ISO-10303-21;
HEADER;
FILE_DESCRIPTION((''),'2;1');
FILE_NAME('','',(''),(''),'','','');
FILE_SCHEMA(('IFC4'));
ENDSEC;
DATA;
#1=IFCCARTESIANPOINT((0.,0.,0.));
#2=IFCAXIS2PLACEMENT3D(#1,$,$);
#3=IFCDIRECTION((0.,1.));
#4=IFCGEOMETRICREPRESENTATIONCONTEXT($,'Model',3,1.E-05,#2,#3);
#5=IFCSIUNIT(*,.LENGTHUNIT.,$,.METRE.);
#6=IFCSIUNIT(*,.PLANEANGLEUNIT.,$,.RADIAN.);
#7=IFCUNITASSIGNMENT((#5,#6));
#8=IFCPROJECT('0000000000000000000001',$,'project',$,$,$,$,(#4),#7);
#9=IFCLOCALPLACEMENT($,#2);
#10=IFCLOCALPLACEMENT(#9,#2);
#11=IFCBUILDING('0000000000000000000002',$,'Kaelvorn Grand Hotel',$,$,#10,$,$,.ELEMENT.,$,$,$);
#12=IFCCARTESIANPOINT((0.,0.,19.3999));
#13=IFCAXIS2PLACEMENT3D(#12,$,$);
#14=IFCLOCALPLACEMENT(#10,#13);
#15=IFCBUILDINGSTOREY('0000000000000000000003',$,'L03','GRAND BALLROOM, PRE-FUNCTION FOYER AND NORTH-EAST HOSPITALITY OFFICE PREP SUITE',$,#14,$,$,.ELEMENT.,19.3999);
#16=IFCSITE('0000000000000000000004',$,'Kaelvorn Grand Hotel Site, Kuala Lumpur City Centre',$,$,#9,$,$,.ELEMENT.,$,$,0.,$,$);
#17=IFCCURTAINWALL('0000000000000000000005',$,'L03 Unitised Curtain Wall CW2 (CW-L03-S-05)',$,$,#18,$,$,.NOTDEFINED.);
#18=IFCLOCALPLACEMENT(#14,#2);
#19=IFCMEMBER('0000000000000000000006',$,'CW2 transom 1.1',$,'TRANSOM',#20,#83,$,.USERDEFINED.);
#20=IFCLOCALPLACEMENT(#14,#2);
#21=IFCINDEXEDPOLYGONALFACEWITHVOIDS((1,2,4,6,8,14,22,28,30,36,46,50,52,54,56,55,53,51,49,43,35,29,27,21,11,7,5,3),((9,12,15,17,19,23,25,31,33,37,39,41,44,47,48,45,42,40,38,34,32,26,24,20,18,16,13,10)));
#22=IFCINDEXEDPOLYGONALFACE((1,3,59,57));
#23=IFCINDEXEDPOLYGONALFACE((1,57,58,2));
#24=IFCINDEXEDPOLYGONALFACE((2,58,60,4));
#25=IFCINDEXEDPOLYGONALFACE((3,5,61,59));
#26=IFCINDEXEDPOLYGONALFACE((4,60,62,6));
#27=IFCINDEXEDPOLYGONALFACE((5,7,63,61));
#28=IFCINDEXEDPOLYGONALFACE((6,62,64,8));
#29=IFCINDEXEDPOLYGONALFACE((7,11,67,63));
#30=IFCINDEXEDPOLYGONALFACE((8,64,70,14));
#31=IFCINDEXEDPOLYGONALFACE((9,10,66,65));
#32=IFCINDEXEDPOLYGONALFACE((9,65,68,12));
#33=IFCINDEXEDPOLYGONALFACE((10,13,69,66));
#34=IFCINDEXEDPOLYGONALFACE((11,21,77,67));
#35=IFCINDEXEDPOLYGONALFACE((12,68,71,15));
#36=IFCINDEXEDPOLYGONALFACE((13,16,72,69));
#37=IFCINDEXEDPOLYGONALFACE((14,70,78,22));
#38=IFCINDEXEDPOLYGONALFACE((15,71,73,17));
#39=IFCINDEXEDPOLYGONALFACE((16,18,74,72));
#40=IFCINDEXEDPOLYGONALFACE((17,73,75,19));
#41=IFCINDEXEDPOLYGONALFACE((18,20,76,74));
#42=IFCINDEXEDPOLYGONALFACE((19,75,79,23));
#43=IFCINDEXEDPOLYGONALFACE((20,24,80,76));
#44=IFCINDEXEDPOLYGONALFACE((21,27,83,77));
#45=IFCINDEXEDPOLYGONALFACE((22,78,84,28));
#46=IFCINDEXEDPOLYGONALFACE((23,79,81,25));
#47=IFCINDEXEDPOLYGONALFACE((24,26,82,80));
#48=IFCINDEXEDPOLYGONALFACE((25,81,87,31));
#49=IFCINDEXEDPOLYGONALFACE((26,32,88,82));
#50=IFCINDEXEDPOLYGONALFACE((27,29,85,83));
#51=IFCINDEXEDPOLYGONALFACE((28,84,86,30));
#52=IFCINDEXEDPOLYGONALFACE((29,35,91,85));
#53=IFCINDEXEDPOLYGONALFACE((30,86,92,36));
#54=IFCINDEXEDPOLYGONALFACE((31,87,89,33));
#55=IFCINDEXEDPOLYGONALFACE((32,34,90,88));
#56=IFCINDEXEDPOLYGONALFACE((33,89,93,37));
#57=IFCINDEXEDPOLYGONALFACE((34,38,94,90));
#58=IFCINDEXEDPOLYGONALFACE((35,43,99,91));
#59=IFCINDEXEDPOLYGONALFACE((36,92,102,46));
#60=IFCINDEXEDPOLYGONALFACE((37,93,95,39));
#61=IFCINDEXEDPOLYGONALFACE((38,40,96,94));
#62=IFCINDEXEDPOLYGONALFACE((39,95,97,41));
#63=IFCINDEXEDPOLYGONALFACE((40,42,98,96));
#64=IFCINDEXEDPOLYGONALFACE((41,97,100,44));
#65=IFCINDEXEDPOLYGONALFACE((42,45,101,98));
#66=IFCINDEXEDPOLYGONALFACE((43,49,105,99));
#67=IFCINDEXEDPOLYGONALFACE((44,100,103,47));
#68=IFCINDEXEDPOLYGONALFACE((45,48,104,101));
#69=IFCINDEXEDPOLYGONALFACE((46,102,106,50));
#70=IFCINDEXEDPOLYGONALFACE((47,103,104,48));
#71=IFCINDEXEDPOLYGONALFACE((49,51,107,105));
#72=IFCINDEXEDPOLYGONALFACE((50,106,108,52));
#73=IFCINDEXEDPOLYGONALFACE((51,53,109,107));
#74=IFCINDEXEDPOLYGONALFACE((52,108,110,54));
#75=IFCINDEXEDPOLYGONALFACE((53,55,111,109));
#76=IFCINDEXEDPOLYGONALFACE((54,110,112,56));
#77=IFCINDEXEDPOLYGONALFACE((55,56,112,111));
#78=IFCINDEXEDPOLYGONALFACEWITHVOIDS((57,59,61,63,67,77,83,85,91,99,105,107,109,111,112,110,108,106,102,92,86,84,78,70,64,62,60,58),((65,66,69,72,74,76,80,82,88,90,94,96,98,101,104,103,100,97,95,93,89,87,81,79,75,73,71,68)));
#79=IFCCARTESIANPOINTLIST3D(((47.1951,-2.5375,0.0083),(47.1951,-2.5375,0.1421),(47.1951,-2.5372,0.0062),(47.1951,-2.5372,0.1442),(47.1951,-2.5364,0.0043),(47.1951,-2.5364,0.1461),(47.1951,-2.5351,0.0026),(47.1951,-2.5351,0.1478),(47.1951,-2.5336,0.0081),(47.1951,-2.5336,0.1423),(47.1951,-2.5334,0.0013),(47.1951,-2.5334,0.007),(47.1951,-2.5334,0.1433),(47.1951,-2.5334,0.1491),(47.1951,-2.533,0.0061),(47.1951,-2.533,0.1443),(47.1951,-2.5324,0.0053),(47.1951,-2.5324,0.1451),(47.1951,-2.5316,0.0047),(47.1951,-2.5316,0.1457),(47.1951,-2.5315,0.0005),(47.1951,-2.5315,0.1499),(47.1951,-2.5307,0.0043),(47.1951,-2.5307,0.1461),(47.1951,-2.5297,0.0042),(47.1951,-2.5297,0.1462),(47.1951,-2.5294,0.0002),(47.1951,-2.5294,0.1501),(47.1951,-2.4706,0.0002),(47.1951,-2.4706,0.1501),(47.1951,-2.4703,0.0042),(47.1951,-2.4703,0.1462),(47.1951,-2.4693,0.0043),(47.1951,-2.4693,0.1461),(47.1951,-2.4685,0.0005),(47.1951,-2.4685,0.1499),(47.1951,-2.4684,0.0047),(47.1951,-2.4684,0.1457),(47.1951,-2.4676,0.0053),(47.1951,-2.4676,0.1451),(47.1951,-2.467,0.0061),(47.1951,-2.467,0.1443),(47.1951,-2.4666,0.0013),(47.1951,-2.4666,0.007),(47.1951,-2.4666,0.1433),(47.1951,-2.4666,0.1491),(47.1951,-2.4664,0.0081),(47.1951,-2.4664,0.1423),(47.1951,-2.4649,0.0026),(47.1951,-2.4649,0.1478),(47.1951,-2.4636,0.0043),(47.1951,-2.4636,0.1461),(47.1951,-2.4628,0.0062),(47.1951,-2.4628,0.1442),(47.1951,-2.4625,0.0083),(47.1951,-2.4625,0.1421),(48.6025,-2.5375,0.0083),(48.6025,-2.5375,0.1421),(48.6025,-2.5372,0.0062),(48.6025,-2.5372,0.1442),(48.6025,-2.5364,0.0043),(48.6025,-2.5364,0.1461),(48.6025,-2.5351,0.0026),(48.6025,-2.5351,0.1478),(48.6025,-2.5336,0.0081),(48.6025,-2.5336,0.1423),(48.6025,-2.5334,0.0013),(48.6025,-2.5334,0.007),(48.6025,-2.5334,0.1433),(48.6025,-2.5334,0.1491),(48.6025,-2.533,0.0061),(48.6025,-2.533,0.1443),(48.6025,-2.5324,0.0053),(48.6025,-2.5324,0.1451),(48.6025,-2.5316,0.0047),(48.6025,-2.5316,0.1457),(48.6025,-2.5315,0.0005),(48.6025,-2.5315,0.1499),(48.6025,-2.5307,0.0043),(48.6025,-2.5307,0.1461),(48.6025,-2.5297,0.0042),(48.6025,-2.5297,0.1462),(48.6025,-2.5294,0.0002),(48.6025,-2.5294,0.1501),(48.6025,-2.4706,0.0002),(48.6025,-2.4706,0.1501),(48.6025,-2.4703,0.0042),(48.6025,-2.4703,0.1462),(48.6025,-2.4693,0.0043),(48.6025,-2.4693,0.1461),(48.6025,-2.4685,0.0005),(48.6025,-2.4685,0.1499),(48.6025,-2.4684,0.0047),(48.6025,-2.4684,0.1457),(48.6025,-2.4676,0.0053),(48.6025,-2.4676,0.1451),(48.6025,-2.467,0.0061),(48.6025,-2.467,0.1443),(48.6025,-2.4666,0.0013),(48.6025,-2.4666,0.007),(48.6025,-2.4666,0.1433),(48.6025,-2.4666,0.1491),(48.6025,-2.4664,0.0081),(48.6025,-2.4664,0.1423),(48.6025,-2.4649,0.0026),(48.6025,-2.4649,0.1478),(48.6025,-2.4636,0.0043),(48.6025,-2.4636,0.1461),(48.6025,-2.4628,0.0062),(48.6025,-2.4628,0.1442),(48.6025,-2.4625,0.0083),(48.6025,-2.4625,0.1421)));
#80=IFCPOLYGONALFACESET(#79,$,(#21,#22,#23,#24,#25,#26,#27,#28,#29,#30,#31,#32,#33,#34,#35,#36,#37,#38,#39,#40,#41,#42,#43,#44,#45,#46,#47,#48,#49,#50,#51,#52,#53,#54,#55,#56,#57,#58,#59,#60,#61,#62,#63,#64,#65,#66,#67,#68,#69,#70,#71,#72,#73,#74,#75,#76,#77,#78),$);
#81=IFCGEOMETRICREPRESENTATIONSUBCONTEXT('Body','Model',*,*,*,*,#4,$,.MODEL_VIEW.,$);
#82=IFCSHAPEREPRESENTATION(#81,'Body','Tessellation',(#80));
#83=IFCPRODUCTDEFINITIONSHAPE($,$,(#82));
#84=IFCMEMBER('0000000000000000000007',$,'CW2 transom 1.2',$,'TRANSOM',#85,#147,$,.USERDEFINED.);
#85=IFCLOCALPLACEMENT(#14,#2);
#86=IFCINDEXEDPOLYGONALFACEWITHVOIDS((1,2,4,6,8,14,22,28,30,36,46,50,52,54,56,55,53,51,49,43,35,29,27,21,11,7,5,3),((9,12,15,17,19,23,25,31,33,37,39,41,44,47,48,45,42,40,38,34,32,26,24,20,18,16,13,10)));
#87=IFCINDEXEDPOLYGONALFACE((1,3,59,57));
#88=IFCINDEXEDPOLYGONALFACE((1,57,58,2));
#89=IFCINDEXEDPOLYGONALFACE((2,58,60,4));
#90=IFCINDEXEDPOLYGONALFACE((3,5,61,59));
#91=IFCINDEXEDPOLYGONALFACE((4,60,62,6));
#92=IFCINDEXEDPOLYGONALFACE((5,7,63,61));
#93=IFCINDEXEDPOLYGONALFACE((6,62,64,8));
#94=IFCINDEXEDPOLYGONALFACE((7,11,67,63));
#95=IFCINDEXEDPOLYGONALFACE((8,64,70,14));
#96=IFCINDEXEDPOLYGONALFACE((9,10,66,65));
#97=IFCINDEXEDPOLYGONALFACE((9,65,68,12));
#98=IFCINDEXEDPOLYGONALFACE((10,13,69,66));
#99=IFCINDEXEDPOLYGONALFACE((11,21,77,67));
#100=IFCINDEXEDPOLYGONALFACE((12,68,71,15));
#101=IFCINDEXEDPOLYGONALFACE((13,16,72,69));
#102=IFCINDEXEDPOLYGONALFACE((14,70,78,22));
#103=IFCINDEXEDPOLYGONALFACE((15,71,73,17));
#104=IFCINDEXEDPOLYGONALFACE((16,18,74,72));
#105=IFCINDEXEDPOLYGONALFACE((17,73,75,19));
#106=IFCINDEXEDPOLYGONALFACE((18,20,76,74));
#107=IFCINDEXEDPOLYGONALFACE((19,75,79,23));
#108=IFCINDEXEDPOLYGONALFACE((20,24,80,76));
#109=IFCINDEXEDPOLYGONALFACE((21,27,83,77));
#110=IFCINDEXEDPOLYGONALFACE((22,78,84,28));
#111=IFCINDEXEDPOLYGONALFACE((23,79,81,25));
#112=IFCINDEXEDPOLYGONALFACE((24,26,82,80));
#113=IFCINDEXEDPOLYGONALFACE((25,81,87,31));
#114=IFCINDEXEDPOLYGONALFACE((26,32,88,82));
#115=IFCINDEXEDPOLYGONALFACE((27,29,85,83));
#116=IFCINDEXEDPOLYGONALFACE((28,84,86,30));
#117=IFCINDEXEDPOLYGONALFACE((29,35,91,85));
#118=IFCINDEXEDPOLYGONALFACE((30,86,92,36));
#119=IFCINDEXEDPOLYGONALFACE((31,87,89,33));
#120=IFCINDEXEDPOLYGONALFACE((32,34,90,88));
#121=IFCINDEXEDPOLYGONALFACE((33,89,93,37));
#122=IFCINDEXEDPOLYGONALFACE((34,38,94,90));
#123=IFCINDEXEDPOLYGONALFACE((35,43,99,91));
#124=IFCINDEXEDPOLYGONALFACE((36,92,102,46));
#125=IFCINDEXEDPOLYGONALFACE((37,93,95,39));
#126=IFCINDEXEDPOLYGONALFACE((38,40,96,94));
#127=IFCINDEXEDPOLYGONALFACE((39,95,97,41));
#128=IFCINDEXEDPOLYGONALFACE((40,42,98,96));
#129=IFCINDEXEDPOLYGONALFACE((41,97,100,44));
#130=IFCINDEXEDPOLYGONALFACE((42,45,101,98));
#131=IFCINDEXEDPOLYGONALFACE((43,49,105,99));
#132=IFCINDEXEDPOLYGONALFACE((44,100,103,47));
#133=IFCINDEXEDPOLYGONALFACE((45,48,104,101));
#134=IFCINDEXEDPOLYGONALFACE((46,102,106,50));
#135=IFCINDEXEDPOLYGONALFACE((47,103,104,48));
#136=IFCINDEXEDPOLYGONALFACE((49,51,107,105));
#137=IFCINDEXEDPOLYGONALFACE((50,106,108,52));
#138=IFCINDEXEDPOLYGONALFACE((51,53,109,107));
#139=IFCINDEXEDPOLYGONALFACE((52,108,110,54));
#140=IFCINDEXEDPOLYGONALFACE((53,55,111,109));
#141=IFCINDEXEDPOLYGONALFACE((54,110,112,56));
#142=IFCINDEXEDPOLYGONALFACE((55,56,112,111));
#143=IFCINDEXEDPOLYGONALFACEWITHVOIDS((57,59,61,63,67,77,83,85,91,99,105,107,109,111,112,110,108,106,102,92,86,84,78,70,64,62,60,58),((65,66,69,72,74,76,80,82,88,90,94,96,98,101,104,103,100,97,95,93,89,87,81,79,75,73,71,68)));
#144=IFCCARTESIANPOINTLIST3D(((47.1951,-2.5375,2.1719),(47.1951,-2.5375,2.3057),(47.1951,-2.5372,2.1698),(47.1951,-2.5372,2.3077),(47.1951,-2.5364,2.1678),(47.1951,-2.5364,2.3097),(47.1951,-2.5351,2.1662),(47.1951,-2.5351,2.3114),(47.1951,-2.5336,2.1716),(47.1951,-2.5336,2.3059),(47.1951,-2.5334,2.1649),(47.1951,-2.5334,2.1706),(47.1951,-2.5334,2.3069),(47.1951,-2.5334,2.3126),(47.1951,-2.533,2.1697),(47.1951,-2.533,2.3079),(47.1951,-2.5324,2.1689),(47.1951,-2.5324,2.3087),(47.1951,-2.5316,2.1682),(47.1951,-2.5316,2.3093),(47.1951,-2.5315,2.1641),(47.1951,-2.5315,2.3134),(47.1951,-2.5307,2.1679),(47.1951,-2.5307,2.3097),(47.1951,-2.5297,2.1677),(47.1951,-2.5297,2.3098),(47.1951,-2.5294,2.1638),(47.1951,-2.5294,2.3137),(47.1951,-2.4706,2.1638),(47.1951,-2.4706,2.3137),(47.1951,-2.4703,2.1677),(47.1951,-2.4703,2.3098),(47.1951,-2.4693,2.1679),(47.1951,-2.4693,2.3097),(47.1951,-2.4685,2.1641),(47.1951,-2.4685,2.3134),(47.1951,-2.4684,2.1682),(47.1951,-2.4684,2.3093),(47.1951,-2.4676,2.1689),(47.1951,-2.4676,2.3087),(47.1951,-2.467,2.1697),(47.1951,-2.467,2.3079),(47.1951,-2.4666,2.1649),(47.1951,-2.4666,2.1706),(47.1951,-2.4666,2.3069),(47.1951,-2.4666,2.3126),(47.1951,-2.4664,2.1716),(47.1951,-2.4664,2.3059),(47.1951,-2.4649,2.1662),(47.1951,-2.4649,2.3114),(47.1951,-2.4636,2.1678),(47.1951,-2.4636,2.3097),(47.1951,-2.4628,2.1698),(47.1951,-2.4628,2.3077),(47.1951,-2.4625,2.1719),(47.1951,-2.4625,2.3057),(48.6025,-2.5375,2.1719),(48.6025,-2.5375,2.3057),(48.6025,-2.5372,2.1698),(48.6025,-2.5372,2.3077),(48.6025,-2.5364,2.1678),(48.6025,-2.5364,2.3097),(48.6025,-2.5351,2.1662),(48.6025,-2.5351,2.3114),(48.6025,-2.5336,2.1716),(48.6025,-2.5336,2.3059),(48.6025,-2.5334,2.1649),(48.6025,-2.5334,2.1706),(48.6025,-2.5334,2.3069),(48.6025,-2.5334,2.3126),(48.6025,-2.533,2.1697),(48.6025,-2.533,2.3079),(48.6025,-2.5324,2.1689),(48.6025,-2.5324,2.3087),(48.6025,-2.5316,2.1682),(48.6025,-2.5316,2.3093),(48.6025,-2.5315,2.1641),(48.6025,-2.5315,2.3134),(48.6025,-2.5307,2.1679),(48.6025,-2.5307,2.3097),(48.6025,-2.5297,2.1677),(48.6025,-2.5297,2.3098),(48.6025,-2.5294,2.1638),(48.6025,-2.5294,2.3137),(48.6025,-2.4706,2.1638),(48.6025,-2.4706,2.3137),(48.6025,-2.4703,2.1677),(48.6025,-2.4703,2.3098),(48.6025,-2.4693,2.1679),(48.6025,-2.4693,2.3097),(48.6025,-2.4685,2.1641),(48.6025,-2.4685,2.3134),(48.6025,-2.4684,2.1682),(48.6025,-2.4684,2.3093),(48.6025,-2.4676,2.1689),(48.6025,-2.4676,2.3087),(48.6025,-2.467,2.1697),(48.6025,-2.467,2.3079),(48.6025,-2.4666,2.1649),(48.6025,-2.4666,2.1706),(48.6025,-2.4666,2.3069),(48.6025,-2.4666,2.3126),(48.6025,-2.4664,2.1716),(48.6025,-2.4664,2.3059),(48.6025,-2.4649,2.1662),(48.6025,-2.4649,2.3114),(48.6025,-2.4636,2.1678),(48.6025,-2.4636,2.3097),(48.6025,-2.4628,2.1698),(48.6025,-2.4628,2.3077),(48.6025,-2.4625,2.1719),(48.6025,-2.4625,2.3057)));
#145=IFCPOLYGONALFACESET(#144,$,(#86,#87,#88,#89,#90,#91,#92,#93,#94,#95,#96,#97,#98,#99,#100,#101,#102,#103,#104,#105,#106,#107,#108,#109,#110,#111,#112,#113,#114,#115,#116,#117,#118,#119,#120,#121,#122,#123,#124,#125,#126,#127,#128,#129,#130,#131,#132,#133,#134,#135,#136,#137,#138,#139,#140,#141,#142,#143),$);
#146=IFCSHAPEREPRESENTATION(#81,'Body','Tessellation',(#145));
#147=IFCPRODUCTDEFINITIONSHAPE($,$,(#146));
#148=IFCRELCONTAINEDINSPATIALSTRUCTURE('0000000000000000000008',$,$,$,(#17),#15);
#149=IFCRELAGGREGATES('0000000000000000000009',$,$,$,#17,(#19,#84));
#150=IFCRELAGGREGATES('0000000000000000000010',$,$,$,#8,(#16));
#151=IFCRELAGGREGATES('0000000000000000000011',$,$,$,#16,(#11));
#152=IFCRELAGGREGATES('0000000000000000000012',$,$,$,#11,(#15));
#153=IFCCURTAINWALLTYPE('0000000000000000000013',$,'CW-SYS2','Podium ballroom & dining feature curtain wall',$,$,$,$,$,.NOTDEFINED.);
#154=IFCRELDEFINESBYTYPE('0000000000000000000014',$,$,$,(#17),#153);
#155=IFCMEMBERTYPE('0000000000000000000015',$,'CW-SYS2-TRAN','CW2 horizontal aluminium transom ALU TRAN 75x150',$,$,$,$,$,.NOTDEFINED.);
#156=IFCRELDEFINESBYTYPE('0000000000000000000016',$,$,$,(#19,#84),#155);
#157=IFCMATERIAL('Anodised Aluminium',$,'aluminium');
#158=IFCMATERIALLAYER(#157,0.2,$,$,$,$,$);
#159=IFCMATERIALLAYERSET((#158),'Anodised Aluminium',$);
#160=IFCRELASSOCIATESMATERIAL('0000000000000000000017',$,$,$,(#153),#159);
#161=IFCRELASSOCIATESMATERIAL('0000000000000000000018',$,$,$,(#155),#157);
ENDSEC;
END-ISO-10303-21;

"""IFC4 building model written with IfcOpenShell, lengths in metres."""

from ifc_helpers import new_model, si_unit, direction, frame, origin, origin_2d, place, context, subcontext, project, spatial, hollow_rectangle, extrude, material, layer, layer_set, material_profile, profile_set, type_object, element, aggregate, save


model = new_model("IFC4")

# Units and contexts
model_context = context("Model", 3, precision=1e-05, world=origin(), true_north=direction((0.0, 1.0)))
body_context = subcontext(model_context, "Body", "Model", "MODEL_VIEW")
ifc_project = project(units=[si_unit("LENGTHUNIT", "METRE"), si_unit("PLANEANGLEUNIT", "RADIAN")], contexts=[model_context])

# Site, building, storey
site_placement = place(None, origin())
site = spatial("IfcSite", under=ifc_project, at=site_placement, Name="Kaelvorn Grand Hotel Site, Kuala Lumpur City Centre", CompositionType="ELEMENT", RefElevation=0.0)
building_placement = place(site_placement, origin())
building = spatial("IfcBuilding", under=site, at=building_placement, Name="Kaelvorn Grand Hotel", CompositionType="ELEMENT")
storey_placement = place(building_placement, frame((0.0, 0.0, 19.3999)))
storey = spatial("IfcBuildingStorey", under=building, at=storey_placement, Name="L03", Description="GRAND BALLROOM, PRE-FUNCTION FOYER AND NORTH-EAST HOSPITALITY OFFICE PREP SUITE", CompositionType="ELEMENT", Elevation=19.3999)

# Curtain wall
ifc_material_1 = material(Name="Anodised Aluminium", Category="aluminium")
ifc_layer_1 = layer(ifc_material_1, 0.2)
ifc_layer_set_1 = layer_set([ifc_layer_1], Name="Anodised Aluminium")
curtain_wall_type = type_object("IfcCurtainWallType", Name="CW-SYS2", Description="Podium ballroom & dining feature curtain wall", PredefinedType="NOTDEFINED", material=ifc_layer_set_1)
curtain_wall_1_placement = place(storey_placement, origin())
curtain_wall_1 = element("IfcCurtainWall", 1, at=curtain_wall_1_placement, inside=storey, type_object=curtain_wall_type, Name="L03 Unitised Curtain Wall CW2 (CW-L03-S-05)", PredefinedType="NOTDEFINED")

# Members
ifc_material_profile_1 = material_profile(ifc_material_1, hollow_rectangle(XDim=0.075, YDim=0.1499, WallThickness=0.0039, InnerFilletRadius=0.0039, OuterFilletRadius=0.0081, at=origin_2d()), Name="ALU TRAN 75x150")
ifc_profile_set_1 = profile_set([ifc_material_profile_1], Name="Anodised Aluminium")
member_type_1 = type_object("IfcMemberType", Name="CW-SYS2-TRAN", Description="CW2 horizontal aluminium transom ALU TRAN 75x150", PredefinedType="NOTDEFINED", material=ifc_profile_set_1)
member_1_placement = place(storey_placement, frame((47.1951, -2.5, 0.0752), z_axis=(1.0, 0.0, 0.0), x_axis=(0.0, 1.0, 0.0)))
member_1 = element("IfcMember", 2, at=member_1_placement, type_object=member_type_1, Name="CW2 transom 1.1", ObjectType="TRANSOM", PredefinedType="USERDEFINED", context=body_context, shape_type="SweptSolid", body=[
    extrude(hollow_rectangle(XDim=0.075, YDim=0.1499, WallThickness=0.0039, InnerFilletRadius=0.0039, OuterFilletRadius=0.0081, at=origin_2d()), origin(), (0.0, 0.0, 1.0), 1.4075),
])
member_2_placement = place(storey_placement, frame((47.1951, -2.5, 2.2388), z_axis=(1.0, 0.0, 0.0), x_axis=(0.0, 1.0, 0.0)))
member_2 = element("IfcMember", 3, at=member_2_placement, type_object=member_type_1, Name="CW2 transom 1.2", ObjectType="TRANSOM", PredefinedType="USERDEFINED", context=body_context, shape_type="SweptSolid", body=[
    extrude(hollow_rectangle(XDim=0.075, YDim=0.1499, WallThickness=0.0039, InnerFilletRadius=0.0039, OuterFilletRadius=0.0081, at=origin_2d()), origin(), (0.0, 0.0, 1.0), 1.4075),
])

aggregate(curtain_wall_1, [member_1, member_2])

save(model, "model.ifc")
